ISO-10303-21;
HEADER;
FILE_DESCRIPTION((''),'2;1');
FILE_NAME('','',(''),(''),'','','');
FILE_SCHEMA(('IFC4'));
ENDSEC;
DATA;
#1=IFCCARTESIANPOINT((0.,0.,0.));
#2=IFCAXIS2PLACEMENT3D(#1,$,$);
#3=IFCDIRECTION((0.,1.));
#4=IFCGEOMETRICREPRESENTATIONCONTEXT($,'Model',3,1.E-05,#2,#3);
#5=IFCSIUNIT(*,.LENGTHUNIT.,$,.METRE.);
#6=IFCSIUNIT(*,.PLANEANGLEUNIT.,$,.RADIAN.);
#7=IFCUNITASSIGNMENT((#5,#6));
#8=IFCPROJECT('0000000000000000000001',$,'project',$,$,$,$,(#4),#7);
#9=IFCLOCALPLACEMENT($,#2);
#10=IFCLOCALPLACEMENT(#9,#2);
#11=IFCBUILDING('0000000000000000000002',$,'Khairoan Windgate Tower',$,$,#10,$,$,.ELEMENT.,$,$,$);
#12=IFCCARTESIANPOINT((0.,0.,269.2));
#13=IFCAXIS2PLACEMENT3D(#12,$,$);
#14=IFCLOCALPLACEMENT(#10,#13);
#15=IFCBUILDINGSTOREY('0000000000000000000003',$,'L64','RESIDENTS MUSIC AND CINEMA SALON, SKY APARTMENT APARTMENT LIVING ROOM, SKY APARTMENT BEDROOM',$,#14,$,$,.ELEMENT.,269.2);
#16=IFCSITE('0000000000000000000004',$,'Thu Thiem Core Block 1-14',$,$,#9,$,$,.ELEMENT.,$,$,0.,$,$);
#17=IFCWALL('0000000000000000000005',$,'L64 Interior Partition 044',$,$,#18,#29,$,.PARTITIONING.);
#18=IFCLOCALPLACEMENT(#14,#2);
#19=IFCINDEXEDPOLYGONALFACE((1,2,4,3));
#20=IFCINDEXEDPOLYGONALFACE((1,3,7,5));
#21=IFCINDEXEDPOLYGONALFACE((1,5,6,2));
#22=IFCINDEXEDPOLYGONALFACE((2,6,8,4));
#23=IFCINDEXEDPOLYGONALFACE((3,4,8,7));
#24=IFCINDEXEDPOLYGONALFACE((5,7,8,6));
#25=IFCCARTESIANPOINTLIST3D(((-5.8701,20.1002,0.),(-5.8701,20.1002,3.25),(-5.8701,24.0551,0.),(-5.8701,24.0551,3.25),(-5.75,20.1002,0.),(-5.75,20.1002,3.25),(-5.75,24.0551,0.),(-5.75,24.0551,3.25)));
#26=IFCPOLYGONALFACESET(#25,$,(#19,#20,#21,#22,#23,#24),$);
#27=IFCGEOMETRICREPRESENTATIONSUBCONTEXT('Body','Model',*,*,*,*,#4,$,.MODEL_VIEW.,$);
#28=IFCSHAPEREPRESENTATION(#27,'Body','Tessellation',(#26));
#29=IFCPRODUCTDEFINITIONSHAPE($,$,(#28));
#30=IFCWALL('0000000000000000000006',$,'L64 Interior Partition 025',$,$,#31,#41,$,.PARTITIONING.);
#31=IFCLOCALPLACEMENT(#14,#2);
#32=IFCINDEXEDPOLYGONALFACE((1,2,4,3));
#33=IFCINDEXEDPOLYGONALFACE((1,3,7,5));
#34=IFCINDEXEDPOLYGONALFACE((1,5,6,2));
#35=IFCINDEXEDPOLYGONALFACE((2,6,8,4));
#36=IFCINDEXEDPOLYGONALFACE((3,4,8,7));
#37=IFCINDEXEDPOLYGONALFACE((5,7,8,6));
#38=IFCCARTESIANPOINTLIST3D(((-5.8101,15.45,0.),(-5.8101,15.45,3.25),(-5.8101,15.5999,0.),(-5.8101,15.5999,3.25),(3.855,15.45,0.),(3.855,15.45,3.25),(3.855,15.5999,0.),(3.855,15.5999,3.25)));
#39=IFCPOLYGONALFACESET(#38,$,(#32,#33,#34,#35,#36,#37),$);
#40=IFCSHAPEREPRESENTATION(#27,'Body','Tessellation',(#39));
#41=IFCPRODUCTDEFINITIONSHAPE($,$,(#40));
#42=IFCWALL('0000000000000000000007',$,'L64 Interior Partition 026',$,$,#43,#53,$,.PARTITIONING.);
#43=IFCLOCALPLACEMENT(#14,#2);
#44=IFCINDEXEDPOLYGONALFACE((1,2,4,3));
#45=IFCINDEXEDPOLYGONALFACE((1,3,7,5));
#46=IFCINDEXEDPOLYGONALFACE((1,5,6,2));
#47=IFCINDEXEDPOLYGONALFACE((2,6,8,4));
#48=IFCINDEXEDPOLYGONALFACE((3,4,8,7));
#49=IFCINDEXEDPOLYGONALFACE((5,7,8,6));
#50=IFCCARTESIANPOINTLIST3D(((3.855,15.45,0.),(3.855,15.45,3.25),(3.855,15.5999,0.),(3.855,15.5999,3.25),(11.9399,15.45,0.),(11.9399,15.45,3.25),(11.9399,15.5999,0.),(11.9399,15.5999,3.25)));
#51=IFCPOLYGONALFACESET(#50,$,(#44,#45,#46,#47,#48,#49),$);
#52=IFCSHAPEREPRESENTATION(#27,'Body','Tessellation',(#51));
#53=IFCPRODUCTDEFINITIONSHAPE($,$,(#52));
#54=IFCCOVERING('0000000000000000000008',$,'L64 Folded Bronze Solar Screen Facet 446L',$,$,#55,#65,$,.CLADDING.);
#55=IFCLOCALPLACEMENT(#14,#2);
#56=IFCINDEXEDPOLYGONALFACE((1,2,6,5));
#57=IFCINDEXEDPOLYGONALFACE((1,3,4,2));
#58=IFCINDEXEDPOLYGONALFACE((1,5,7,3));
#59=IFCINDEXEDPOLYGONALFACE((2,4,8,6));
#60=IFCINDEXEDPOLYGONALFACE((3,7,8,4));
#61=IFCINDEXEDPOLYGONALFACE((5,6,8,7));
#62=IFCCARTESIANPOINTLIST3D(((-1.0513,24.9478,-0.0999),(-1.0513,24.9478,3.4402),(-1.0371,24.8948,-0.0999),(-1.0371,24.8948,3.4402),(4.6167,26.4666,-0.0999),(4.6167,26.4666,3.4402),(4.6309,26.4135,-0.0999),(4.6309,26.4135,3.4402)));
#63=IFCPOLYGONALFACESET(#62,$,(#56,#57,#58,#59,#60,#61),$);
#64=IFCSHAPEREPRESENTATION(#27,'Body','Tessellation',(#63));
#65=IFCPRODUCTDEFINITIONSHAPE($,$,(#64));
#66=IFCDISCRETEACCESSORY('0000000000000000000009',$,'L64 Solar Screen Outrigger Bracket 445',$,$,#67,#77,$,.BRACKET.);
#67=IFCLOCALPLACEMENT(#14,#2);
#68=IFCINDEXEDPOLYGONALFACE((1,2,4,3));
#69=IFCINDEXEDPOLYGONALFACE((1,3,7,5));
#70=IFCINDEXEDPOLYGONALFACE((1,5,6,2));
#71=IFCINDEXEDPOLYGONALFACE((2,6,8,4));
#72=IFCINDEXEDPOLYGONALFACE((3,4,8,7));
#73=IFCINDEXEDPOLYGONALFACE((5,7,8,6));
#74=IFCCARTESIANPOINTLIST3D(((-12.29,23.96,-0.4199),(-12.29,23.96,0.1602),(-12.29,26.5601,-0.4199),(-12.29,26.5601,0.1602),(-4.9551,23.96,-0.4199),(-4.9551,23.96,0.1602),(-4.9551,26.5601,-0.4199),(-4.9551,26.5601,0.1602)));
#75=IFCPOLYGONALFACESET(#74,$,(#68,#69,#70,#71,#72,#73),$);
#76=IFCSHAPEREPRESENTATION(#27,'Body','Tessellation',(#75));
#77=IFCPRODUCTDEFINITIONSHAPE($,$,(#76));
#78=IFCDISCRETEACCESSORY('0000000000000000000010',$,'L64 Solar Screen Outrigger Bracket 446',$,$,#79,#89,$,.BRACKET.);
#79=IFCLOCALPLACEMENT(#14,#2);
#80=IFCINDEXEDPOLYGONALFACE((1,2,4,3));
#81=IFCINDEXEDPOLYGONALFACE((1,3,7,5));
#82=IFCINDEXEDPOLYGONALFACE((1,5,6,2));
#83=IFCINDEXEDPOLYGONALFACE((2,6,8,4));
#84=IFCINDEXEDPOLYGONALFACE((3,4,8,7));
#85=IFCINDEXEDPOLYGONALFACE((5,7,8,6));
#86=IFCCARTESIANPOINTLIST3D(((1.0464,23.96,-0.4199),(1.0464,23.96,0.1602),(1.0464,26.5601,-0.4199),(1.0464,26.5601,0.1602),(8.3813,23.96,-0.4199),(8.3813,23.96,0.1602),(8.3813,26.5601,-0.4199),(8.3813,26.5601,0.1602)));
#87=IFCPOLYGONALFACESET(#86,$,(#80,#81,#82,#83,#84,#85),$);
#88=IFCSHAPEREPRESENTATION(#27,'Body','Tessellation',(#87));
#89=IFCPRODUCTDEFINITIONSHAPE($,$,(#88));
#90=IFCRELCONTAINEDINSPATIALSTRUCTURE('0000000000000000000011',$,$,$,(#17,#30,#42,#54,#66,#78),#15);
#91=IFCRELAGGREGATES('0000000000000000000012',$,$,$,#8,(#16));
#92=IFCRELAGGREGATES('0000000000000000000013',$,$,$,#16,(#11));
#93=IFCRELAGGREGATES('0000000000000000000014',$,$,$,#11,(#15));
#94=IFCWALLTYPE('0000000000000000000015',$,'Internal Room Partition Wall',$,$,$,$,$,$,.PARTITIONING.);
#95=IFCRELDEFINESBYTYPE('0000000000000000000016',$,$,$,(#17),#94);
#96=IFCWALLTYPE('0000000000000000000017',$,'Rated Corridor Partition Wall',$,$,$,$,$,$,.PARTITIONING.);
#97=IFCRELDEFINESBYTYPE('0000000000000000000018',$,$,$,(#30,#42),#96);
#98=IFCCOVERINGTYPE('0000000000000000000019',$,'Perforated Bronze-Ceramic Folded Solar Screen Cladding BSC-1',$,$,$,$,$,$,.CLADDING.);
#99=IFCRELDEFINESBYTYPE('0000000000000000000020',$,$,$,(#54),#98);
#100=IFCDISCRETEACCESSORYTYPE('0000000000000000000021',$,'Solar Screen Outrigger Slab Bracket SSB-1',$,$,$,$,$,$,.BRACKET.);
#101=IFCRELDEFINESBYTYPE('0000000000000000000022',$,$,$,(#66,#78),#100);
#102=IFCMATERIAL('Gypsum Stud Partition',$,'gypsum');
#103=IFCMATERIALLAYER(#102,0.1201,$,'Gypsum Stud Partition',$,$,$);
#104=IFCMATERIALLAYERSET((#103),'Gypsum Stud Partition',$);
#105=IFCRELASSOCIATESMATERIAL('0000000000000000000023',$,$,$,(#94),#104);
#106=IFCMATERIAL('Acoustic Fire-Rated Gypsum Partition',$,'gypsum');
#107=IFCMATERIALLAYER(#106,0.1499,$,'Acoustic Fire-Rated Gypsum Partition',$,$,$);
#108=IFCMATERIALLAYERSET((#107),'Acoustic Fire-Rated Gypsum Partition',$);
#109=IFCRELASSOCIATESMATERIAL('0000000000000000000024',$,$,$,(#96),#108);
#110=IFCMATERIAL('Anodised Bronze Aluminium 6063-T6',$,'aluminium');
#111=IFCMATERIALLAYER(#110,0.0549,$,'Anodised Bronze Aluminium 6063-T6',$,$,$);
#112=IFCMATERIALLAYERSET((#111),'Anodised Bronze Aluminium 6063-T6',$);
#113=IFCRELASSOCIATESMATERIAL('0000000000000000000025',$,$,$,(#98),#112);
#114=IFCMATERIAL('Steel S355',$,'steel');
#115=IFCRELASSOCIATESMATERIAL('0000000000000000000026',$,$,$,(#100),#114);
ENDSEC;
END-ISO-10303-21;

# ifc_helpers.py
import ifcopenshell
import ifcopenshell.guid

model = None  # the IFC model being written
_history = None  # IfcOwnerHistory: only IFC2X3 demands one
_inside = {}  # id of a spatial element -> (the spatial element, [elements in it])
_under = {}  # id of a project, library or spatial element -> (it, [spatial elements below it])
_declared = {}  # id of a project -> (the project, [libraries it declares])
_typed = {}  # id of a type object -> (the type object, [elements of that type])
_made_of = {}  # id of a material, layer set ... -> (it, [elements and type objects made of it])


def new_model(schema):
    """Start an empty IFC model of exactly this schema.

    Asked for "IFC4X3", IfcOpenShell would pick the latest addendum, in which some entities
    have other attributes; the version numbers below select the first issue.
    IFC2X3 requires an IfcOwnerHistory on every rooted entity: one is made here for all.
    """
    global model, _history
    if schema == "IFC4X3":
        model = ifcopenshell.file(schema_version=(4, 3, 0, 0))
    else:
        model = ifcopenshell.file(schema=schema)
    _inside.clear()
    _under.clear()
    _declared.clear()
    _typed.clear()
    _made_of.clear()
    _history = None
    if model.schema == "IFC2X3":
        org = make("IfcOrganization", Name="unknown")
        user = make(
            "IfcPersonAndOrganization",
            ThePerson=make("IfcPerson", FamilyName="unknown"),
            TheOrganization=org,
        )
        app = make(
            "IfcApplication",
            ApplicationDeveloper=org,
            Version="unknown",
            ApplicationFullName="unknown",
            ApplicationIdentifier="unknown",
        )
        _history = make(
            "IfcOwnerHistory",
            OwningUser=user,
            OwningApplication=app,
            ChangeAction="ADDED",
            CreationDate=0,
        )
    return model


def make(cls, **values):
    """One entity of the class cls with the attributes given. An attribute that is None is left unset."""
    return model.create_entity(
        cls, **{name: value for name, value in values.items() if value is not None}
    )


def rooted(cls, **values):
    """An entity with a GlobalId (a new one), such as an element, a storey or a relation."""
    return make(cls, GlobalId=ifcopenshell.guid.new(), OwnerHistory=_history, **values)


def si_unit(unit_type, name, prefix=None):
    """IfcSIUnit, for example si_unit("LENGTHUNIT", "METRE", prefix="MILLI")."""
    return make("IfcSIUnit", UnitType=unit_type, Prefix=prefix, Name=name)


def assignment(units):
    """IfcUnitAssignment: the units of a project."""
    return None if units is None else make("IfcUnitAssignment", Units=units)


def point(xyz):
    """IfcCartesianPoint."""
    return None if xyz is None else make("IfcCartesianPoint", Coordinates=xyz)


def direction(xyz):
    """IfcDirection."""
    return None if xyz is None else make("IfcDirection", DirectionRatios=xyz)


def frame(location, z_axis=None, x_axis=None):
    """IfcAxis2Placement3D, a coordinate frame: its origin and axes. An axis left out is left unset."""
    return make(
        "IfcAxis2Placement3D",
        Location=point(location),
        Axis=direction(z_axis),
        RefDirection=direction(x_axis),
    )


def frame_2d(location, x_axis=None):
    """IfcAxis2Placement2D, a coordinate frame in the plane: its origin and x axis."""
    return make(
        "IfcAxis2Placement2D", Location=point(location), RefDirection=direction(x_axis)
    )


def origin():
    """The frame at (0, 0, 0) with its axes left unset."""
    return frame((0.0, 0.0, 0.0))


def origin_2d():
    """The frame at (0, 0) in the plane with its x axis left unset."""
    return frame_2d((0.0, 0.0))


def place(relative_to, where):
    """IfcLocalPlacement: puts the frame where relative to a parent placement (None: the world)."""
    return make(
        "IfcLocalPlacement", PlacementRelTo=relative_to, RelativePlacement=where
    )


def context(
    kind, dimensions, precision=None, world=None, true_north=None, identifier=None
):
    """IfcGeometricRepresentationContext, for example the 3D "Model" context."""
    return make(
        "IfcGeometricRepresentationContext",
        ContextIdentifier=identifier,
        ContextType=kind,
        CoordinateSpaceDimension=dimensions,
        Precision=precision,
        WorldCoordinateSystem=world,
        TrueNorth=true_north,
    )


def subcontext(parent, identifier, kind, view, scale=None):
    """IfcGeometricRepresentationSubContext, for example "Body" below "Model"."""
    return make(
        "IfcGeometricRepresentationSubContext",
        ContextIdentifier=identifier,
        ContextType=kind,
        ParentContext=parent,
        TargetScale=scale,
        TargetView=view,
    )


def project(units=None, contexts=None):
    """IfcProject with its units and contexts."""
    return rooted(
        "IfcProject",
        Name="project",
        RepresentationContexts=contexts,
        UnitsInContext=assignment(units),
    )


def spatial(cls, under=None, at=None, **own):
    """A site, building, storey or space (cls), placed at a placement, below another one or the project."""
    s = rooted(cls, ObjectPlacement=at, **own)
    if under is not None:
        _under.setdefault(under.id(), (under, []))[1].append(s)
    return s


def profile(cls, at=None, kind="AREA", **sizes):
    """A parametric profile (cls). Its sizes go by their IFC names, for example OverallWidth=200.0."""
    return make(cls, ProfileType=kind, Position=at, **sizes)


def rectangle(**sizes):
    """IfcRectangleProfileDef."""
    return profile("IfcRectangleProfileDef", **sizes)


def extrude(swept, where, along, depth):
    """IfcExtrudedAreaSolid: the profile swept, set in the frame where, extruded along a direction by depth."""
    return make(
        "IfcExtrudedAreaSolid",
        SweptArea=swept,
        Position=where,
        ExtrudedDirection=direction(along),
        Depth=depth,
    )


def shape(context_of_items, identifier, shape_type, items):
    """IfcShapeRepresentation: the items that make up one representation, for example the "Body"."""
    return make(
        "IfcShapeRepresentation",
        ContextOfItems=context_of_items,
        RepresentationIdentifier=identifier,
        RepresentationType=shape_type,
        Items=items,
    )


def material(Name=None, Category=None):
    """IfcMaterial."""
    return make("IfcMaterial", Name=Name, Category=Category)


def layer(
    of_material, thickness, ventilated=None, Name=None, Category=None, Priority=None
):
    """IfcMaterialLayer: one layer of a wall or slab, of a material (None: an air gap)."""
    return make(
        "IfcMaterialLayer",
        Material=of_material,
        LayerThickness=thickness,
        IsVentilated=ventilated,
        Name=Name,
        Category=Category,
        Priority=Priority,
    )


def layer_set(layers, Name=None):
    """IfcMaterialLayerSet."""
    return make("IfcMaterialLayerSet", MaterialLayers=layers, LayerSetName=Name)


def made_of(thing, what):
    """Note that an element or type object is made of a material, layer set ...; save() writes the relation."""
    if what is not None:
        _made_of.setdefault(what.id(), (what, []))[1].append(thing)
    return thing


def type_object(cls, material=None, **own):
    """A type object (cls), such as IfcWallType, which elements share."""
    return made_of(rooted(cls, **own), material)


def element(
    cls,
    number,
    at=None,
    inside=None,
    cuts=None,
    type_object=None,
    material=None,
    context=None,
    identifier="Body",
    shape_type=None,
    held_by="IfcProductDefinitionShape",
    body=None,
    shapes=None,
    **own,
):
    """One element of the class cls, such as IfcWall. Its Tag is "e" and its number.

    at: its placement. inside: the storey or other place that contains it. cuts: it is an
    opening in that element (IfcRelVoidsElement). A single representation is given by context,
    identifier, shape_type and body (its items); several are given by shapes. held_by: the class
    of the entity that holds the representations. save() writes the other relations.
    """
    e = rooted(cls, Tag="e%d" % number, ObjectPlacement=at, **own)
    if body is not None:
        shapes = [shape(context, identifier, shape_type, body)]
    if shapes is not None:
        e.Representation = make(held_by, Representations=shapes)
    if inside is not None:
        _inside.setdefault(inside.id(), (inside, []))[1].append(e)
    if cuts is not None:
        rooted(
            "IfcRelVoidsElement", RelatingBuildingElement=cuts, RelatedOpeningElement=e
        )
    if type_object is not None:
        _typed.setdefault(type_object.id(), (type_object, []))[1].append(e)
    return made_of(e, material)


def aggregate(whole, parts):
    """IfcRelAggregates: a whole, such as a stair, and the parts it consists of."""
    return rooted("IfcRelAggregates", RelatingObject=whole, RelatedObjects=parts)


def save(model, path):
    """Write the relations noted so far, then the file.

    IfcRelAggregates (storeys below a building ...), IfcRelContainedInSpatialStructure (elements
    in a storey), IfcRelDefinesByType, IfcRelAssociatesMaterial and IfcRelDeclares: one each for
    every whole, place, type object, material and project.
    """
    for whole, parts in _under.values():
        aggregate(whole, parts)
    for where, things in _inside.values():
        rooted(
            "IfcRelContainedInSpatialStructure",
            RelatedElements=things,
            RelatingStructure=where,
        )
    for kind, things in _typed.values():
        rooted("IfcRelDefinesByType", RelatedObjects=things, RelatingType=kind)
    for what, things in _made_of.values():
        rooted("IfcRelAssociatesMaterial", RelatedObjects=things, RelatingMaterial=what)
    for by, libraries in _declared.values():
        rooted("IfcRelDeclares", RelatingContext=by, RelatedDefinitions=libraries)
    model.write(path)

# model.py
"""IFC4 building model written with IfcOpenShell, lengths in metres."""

from ifc_helpers import new_model, si_unit, direction, frame, frame_2d, origin, origin_2d, place, context, subcontext, project, spatial, rectangle, extrude, material, layer, layer_set, type_object, element, save


model = new_model("IFC4")

# Units and contexts
model_context = context("Model", 3, precision=1e-05, world=origin(), true_north=direction((0.0, 1.0)))
body_context = subcontext(model_context, "Body", "Model", "MODEL_VIEW")
ifc_project = project(units=[si_unit("LENGTHUNIT", "METRE"), si_unit("PLANEANGLEUNIT", "RADIAN")], contexts=[model_context])

# Site, building, storey
site_placement = place(None, origin())
site = spatial("IfcSite", under=ifc_project, at=site_placement, Name="Thu Thiem Core Block 1-14", CompositionType="ELEMENT", RefElevation=0.0)
building_placement = place(site_placement, origin())
building = spatial("IfcBuilding", under=site, at=building_placement, Name="Khairoan Windgate Tower", CompositionType="ELEMENT")
storey_placement = place(building_placement, frame((0.0, 0.0, 269.2)))
storey = spatial("IfcBuildingStorey", under=building, at=storey_placement, Name="L64", Description="RESIDENTS MUSIC AND CINEMA SALON, SKY APARTMENT APARTMENT LIVING ROOM, SKY APARTMENT BEDROOM", CompositionType="ELEMENT", Elevation=269.2)

# Shared definitions
ifc_material_1 = material(Name="Gypsum Stud Partition", Category="gypsum")
ifc_layer_1 = layer(ifc_material_1, 0.1201, Name="Gypsum Stud Partition")
ifc_layer_set_1 = layer_set([ifc_layer_1], Name="Gypsum Stud Partition")
wall_type_1 = type_object("IfcWallType", Name="Internal Room Partition Wall", PredefinedType="PARTITIONING", material=ifc_layer_set_1)

# Walls
wall_1_placement = place(storey_placement, frame((-5.8101, 20.1001, 0.0), z_axis=(0.0, 0.0, 1.0), x_axis=(0.0, 1.0, 0.0)))
element("IfcWall", 1, at=wall_1_placement, inside=storey, type_object=wall_type_1, Name="L64 Interior Partition 044", PredefinedType="PARTITIONING", context=body_context, shape_type="SweptSolid", body=[
    extrude(rectangle(XDim=3.9548, YDim=0.1201, at=frame_2d((1.9775, 0.0))), origin(), (0.0, 0.0, 1.0), 3.25),
])
ifc_material_2 = material(Name="Acoustic Fire-Rated Gypsum Partition", Category="gypsum")
ifc_layer_2 = layer(ifc_material_2, 0.1499, Name="Acoustic Fire-Rated Gypsum Partition")
ifc_layer_set_2 = layer_set([ifc_layer_2], Name="Acoustic Fire-Rated Gypsum Partition")
wall_type_2 = type_object("IfcWallType", Name="Rated Corridor Partition Wall", PredefinedType="PARTITIONING", material=ifc_layer_set_2)
wall_2_placement = place(storey_placement, frame((-5.8101, 15.5249, 0.0), z_axis=(0.0, 0.0, 1.0), x_axis=(1.0, 0.0, 0.0)))
element("IfcWall", 2, at=wall_2_placement, inside=storey, type_object=wall_type_2, Name="L64 Interior Partition 025", PredefinedType="PARTITIONING", context=body_context, shape_type="SweptSolid", body=[
    extrude(rectangle(XDim=9.665, YDim=0.1499, at=frame_2d((4.8325, 0.0))), origin(), (0.0, 0.0, 1.0), 3.25),
])
wall_3_placement = place(storey_placement, frame((3.855, 15.5249, 0.0), z_axis=(0.0, 0.0, 1.0), x_axis=(1.0, 0.0, 0.0)))
element("IfcWall", 3, at=wall_3_placement, inside=storey, type_object=wall_type_2, Name="L64 Interior Partition 026", PredefinedType="PARTITIONING", context=body_context, shape_type="SweptSolid", body=[
    extrude(rectangle(XDim=8.085, YDim=0.1499, at=frame_2d((4.0425, 0.0))), origin(), (0.0, 0.0, 1.0), 3.25),
])

# Covering
ifc_material_3 = material(Name="Anodised Bronze Aluminium 6063-T6", Category="aluminium")
ifc_layer_3 = layer(ifc_material_3, 0.0549, Name="Anodised Bronze Aluminium 6063-T6")
ifc_layer_set_3 = layer_set([ifc_layer_3], Name="Anodised Bronze Aluminium 6063-T6")
covering_type = type_object("IfcCoveringType", Name="Perforated Bronze-Ceramic Folded Solar Screen Cladding BSC-1", PredefinedType="CLADDING", material=ifc_layer_set_3)
covering_placement = place(storey_placement, frame((1.7898, 25.6807, -0.0999), z_axis=(0.0, 0.0, 1.0), x_axis=(0.965926, 0.258819, 0.0)))
element("IfcCovering", 4, at=covering_placement, inside=storey, type_object=covering_type, Name="L64 Folded Bronze Solar Screen Facet 446L", PredefinedType="CLADDING", context=body_context, shape_type="SweptSolid", body=[
    extrude(rectangle(XDim=5.8679, YDim=0.0549, at=origin_2d()), origin(), (0.0, 0.0, 1.0), 3.54),
])

# Discrete accessories
ifc_material_4 = material(Name="Steel S355", Category="steel")
discrete_accessory_type = type_object("IfcDiscreteAccessoryType", Name="Solar Screen Outrigger Slab Bracket SSB-1", PredefinedType="BRACKET", material=ifc_material_4)
for number, where, z_axis, x_axis, name in (
    (5, (-8.6226, 25.26, -0.4199), (0.0, 0.0, 1.0), (1.0, 0.0, 0.0), "L64 Solar Screen Outrigger Bracket 445"),
    (6, (4.7139, 25.26, -0.4199), (0.0, 0.0, 1.0), (1.0, 0.0, 0.0), "L64 Solar Screen Outrigger Bracket 446"),
):
    element("IfcDiscreteAccessory", number, at=place(storey_placement, frame(where, z_axis=z_axis, x_axis=x_axis)), inside=storey, type_object=discrete_accessory_type, Name=name, PredefinedType="BRACKET", context=body_context, shape_type="SweptSolid", body=[
        extrude(rectangle(XDim=7.335, YDim=2.6001, at=origin_2d()), origin(), (0.0, 0.0, 1.0), 0.5801),
    ])

save(model, "model.ifc")
